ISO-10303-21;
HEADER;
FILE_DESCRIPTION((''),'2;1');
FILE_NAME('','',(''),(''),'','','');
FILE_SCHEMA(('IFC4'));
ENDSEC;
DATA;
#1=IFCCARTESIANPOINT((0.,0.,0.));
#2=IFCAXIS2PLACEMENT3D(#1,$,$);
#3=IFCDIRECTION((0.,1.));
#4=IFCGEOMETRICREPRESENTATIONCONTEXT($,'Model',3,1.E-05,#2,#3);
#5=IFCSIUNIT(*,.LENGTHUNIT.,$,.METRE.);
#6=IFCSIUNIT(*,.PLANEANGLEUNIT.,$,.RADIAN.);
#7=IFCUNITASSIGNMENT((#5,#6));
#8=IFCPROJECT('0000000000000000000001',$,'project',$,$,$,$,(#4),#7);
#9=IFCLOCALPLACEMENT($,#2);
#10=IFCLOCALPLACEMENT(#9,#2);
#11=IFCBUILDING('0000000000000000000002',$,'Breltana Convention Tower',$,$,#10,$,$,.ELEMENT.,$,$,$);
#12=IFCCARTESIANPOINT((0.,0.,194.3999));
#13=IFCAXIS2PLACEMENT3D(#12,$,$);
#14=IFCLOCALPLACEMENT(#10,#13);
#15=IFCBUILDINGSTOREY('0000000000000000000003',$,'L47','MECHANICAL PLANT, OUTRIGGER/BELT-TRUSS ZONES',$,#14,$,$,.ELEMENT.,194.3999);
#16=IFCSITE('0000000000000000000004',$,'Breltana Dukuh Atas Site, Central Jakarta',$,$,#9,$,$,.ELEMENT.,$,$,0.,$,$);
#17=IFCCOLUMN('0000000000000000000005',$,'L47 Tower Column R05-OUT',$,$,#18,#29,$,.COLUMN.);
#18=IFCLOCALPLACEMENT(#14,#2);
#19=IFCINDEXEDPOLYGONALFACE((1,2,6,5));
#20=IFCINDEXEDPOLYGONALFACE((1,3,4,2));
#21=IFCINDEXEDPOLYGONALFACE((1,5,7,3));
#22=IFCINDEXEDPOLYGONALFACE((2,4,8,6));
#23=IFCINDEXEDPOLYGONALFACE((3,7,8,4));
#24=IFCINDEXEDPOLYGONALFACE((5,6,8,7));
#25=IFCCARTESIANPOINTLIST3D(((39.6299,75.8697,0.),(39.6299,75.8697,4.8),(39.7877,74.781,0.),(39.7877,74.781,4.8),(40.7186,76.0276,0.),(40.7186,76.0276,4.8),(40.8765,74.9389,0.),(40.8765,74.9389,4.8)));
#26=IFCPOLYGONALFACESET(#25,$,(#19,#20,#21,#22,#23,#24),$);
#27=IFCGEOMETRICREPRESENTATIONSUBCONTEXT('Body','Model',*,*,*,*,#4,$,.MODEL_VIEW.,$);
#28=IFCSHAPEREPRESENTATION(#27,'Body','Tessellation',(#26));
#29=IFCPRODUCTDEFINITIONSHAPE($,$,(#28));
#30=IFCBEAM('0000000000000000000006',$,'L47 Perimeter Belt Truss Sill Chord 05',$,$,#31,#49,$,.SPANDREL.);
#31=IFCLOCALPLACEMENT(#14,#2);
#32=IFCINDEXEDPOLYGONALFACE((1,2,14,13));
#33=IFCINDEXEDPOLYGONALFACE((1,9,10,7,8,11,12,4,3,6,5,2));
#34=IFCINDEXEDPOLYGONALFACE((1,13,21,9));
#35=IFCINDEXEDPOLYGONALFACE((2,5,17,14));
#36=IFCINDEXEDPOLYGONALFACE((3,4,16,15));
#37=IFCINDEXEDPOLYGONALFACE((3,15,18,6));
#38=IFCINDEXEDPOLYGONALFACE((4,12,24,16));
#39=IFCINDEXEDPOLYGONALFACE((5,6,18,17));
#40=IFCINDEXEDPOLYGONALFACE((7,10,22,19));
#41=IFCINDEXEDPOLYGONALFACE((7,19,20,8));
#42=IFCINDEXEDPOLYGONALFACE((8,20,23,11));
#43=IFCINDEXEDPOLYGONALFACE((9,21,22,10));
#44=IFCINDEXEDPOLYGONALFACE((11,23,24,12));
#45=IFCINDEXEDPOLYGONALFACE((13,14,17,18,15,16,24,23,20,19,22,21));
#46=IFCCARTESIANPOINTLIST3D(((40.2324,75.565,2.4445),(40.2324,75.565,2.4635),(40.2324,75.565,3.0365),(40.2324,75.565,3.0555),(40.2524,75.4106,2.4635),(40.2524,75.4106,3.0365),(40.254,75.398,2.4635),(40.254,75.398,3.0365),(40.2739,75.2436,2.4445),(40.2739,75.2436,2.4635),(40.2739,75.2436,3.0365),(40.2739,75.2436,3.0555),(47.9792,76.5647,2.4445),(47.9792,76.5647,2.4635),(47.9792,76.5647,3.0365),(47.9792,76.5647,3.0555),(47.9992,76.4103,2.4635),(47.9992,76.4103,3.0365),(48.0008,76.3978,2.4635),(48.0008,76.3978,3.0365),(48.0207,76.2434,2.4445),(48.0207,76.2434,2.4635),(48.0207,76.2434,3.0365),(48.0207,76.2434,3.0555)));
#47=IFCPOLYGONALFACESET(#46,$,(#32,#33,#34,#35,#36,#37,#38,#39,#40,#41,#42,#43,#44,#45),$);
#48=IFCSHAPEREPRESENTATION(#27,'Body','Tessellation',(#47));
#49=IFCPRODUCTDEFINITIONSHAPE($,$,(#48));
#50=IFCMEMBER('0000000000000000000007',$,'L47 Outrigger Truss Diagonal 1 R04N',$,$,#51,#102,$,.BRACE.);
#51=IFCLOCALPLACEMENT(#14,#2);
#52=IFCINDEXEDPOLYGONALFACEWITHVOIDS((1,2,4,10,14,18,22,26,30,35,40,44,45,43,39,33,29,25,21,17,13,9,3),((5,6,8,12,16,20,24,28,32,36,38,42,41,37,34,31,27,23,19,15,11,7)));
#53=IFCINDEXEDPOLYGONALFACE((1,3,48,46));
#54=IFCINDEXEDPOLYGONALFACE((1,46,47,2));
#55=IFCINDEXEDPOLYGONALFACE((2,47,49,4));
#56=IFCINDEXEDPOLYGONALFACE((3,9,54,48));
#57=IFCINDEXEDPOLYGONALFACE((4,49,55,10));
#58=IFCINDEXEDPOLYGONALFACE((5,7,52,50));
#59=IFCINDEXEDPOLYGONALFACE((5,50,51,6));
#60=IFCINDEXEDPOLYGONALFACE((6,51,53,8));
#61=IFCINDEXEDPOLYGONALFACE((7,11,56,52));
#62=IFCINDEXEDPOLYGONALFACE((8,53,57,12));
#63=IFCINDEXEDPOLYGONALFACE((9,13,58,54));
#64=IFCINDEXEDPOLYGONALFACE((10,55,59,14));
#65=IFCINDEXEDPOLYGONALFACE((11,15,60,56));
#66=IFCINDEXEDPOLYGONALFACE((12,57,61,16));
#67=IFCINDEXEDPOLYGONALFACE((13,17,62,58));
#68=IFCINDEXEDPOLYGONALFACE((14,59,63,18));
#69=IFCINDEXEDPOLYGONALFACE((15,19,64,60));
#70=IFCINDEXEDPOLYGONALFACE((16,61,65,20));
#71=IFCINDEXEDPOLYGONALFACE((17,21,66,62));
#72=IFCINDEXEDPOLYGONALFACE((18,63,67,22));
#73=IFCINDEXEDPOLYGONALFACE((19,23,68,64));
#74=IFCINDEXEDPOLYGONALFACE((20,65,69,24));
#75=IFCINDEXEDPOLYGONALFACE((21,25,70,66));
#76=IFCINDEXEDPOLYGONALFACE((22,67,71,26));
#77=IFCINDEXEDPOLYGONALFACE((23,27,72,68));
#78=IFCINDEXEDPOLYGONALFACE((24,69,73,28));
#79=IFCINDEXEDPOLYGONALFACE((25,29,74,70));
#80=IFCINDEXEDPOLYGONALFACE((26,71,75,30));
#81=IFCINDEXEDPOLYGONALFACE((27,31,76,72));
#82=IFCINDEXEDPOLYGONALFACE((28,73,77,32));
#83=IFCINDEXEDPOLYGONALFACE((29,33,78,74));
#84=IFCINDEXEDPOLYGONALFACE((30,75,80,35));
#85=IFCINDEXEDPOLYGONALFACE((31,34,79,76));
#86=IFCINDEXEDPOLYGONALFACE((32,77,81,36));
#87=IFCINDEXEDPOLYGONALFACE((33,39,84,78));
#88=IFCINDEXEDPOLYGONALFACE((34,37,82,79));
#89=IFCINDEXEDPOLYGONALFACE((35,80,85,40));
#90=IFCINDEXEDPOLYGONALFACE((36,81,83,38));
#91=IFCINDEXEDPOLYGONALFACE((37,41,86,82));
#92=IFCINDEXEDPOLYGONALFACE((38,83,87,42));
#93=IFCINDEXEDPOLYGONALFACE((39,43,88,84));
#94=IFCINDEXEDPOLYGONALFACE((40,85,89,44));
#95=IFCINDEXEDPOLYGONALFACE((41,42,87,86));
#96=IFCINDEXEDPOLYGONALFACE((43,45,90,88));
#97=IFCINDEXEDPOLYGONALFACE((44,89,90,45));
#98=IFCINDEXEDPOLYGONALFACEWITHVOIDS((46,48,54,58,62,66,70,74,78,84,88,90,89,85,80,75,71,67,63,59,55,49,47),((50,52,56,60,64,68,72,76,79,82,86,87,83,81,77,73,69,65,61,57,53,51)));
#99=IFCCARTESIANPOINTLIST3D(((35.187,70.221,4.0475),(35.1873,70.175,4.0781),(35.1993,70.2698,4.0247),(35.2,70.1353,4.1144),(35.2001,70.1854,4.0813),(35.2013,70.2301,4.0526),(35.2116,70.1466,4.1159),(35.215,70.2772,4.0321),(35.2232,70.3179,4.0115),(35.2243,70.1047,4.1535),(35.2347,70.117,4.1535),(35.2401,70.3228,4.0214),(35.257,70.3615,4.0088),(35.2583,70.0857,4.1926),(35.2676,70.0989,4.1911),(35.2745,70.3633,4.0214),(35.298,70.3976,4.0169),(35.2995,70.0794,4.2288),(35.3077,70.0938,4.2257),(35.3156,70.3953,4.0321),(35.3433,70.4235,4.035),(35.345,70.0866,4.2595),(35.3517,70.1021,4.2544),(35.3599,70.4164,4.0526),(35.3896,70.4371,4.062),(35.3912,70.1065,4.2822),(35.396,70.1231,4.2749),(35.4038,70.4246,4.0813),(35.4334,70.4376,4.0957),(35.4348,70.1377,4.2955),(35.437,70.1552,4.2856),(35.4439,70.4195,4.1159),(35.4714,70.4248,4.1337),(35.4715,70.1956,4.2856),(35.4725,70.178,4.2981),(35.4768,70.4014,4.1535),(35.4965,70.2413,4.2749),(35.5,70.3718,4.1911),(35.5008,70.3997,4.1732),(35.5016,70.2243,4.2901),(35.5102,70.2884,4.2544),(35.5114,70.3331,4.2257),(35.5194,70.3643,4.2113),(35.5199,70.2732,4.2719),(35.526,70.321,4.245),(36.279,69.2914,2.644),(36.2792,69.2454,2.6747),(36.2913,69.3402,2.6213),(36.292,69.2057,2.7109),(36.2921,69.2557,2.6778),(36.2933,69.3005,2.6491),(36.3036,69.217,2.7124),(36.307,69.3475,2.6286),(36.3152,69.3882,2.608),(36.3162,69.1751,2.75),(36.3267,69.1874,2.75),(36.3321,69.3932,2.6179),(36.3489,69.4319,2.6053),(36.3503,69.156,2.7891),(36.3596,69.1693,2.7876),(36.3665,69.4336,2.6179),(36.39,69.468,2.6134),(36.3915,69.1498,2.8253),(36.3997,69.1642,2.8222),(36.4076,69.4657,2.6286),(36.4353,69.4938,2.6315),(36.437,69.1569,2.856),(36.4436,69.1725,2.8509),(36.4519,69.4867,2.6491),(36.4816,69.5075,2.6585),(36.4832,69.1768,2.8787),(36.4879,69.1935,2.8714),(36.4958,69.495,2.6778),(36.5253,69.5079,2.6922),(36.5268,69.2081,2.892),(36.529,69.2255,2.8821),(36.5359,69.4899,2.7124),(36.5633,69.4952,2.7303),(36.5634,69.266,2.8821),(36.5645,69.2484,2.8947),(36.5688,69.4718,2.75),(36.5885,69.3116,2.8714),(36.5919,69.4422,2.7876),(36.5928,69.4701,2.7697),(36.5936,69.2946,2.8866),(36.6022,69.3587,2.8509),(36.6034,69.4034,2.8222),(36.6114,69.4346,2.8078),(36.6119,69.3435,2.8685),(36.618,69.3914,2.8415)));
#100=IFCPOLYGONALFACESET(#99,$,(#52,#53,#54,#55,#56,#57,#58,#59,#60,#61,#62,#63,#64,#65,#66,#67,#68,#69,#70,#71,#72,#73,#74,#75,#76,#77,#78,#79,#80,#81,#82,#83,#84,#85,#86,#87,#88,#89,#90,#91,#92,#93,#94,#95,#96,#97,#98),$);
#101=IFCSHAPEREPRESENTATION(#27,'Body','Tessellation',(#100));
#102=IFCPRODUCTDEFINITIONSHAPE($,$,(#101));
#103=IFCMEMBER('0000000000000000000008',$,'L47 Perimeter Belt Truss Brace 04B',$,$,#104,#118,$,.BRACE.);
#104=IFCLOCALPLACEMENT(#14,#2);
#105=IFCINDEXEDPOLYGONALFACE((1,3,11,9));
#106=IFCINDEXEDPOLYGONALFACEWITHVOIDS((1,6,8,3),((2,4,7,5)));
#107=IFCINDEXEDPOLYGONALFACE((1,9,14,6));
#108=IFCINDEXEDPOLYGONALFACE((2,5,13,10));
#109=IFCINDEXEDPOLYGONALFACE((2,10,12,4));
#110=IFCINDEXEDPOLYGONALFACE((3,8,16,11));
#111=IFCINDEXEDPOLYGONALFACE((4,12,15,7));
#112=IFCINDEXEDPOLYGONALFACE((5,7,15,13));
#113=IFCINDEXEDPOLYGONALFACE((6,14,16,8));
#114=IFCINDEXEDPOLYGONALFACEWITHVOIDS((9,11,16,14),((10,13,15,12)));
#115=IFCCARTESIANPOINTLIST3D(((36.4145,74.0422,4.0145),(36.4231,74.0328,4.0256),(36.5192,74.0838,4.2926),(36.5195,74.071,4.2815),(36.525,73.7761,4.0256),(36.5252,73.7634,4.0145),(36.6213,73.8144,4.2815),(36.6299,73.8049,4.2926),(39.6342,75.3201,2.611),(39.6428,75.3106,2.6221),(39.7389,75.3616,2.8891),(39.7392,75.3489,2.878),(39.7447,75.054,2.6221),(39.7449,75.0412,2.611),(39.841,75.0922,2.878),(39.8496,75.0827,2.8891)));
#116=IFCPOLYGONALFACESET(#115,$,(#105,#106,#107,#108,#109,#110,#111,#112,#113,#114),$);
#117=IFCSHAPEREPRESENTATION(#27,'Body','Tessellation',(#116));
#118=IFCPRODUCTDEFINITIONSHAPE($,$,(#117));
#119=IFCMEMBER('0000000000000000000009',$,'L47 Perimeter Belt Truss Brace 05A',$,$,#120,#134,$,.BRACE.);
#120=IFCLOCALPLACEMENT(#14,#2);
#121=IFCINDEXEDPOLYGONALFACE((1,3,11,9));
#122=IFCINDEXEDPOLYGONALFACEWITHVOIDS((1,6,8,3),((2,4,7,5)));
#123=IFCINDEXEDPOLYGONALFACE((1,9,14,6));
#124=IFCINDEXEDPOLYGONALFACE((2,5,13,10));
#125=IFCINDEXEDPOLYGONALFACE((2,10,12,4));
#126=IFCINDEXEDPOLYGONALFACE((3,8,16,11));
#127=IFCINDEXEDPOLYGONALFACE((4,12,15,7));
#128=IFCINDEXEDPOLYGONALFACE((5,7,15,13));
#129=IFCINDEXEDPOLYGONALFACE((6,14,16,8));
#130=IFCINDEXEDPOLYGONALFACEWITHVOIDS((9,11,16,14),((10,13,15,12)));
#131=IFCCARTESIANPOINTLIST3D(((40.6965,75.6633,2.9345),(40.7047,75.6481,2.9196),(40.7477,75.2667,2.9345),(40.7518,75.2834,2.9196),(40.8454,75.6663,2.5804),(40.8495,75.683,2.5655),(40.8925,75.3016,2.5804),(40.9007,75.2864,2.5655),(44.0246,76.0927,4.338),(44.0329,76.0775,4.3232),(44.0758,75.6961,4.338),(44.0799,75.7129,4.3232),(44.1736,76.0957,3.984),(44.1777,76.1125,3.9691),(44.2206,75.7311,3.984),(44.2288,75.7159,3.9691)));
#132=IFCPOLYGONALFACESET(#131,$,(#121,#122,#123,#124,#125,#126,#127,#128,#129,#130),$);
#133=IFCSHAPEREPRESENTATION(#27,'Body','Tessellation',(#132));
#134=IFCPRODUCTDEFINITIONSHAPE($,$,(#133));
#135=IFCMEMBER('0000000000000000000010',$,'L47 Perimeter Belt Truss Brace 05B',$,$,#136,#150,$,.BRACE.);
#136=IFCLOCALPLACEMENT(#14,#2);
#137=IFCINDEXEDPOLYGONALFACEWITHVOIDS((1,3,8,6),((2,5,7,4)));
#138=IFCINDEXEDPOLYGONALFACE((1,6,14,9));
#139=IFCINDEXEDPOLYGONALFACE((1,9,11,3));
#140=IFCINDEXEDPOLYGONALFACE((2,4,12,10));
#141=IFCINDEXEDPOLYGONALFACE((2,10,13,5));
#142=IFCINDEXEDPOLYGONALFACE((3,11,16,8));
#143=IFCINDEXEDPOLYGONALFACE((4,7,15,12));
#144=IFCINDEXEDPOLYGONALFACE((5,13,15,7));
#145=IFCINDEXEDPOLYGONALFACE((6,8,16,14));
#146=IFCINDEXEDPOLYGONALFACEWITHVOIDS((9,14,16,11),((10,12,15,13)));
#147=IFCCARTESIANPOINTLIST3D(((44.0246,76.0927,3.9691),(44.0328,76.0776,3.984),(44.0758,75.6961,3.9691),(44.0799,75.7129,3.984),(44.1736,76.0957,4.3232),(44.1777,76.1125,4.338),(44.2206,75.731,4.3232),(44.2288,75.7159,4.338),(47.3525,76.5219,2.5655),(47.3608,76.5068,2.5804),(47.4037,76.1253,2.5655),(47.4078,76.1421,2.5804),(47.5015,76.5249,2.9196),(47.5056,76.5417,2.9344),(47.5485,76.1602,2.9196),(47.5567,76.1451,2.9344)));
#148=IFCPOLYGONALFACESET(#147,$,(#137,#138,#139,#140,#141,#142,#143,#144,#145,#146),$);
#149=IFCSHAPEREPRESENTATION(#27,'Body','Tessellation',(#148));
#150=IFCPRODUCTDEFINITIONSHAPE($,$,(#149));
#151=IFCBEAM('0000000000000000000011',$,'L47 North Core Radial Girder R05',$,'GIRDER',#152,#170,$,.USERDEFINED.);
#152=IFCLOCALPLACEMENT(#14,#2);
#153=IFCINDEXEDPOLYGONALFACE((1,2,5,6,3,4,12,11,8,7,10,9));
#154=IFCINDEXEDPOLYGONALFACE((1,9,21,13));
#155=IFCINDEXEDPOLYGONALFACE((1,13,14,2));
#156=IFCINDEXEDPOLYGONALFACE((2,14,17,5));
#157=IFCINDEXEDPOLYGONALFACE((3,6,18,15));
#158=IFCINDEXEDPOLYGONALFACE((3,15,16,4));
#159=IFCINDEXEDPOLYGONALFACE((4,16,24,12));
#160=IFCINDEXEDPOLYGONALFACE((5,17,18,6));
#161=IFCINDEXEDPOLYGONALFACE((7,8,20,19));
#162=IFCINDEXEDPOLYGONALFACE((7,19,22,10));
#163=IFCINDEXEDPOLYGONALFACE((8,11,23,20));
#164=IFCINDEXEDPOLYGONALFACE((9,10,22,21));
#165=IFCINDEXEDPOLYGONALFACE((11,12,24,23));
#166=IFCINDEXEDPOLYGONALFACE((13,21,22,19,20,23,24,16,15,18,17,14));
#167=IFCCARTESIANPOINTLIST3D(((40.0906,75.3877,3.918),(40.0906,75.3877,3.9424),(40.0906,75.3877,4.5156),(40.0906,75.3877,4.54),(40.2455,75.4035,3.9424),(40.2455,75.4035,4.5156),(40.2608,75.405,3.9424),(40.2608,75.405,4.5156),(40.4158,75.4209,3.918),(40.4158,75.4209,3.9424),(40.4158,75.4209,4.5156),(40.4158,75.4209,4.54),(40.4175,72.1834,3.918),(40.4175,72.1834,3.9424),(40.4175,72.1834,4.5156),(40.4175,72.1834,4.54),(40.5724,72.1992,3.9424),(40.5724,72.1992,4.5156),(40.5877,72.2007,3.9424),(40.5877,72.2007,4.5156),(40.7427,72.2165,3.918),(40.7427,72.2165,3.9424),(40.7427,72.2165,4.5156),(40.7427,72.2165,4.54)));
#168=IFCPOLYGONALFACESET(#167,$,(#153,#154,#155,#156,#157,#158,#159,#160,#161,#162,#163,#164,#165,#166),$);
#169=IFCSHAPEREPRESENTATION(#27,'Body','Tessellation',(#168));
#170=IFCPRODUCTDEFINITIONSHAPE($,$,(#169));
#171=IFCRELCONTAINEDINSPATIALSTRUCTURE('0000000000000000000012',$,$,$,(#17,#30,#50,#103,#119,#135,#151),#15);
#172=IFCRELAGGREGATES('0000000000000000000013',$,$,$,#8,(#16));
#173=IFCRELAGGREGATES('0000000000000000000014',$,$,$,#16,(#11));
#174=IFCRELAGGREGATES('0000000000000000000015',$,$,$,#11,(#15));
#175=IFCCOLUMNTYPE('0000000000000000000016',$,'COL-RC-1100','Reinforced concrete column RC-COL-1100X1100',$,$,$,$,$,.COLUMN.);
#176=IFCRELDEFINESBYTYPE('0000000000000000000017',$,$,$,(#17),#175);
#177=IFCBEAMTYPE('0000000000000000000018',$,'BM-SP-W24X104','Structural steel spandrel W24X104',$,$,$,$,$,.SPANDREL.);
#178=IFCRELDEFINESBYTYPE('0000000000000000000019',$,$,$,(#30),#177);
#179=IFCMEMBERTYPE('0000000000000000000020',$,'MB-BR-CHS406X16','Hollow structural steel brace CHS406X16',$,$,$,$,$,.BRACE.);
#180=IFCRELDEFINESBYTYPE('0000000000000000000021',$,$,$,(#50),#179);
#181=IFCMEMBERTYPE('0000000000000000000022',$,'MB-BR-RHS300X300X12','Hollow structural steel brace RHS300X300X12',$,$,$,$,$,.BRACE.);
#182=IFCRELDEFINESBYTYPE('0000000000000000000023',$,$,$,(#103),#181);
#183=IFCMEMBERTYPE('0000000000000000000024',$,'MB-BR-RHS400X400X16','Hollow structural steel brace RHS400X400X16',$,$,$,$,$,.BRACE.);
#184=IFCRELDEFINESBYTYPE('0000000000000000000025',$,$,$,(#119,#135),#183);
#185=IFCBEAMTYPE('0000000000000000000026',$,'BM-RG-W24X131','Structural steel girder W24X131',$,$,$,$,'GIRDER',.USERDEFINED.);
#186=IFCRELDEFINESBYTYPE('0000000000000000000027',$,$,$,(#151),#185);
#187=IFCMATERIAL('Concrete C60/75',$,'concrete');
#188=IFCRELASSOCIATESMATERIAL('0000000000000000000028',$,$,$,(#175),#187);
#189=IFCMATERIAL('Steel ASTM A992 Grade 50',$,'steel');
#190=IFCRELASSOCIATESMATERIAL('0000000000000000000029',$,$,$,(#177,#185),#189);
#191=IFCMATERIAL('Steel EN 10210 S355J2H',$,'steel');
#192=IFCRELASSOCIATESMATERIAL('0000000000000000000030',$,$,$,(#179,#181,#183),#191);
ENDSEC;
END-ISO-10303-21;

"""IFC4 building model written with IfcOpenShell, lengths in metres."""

from ifc_helpers import new_model, si_unit, direction, frame, origin, origin_2d, place, context, subcontext, project, spatial, rectangle, hollow_rectangle, hollow_circle, i_section, extrude, source, transform, mapped, material, material_profile, profile_set, type_object, element, save


model = new_model("IFC4")

# Units and contexts
model_context = context("Model", 3, precision=1e-05, world=origin(), true_north=direction((0.0, 1.0)))
body_context = subcontext(model_context, "Body", "Model", "MODEL_VIEW")
ifc_project = project(units=[si_unit("LENGTHUNIT", "METRE"), si_unit("PLANEANGLEUNIT", "RADIAN")], contexts=[model_context])

# Site, building, storey
site_placement = place(None, origin())
site = spatial("IfcSite", under=ifc_project, at=site_placement, Name="Breltana Dukuh Atas Site, Central Jakarta", CompositionType="ELEMENT", RefElevation=0.0)
building_placement = place(site_placement, origin())
building = spatial("IfcBuilding", under=site, at=building_placement, Name="Breltana Convention Tower", CompositionType="ELEMENT")
storey_placement = place(building_placement, frame((0.0, 0.0, 194.3999)))
storey = spatial("IfcBuildingStorey", under=building, at=storey_placement, Name="L47", Description="MECHANICAL PLANT, OUTRIGGER/BELT-TRUSS ZONES", CompositionType="ELEMENT", Elevation=194.3999)

# Column
ifc_material_1 = material(Name="Concrete C60/75", Category="concrete")
ifc_material_profile_1 = material_profile(ifc_material_1, rectangle(XDim=1.1001, YDim=1.1001, at=origin_2d()), Name="RC-COL-1100X1100")
ifc_profile_set_1 = profile_set([ifc_material_profile_1], Name="Concrete C60/75")
column_type = type_object("IfcColumnType", Name="COL-RC-1100", Description="Reinforced concrete column RC-COL-1100X1100", PredefinedType="COLUMN", material=ifc_profile_set_1)
shared_shape_1 = source(origin(), body_context, "Body", "SweptSolid", [
    extrude(rectangle(XDim=1.1001, YDim=1.1001, at=origin_2d()), origin(), (0.0, 0.0, 1.0), 4.8),
])
column_placement = place(storey_placement, frame((40.2532, 75.4043, 0.0), z_axis=(0.0, 0.0, 1.0), x_axis=(-0.143493, 0.989651, 0.0)))
element("IfcColumn", 1, at=column_placement, inside=storey, type_object=column_type, Name="L47 Tower Column R05-OUT", PredefinedType="COLUMN", context=body_context, shape_type="MappedRepresentation", body=[
    mapped(shared_shape_1, transform((0.0, 0.0, 0.0), scale=1.0)),
])

# Beam
ifc_material_2 = material(Name="Steel ASTM A992 Grade 50", Category="steel")
ifc_material_profile_2 = material_profile(ifc_material_2, i_section(OverallWidth=0.324, OverallDepth=0.6111, WebThickness=0.0127, FlangeThickness=0.019, at=origin_2d()), Name="W24X104")
ifc_profile_set_2 = profile_set([ifc_material_profile_2], Name="Steel ASTM A992 Grade 50")
beam_type_1 = type_object("IfcBeamType", Name="BM-SP-W24X104", Description="Structural steel spandrel W24X104", PredefinedType="SPANDREL", material=ifc_profile_set_2)
shared_shape_2 = source(origin(), body_context, "Body", "SweptSolid", [
    extrude(i_section(OverallWidth=0.324, OverallDepth=0.6111, WebThickness=0.0127, FlangeThickness=0.019, at=origin_2d()), origin(), (0.0, 0.0, 1.0), 7.811),
])
beam_1_placement = place(storey_placement, frame((40.2532, 75.4043, 2.75), z_axis=(0.991775, 0.127992, 0.0), x_axis=(-0.127992, 0.991775, 0.0)))
element("IfcBeam", 2, at=beam_1_placement, inside=storey, type_object=beam_type_1, Name="L47 Perimeter Belt Truss Sill Chord 05", PredefinedType="SPANDREL", context=body_context, shape_type="MappedRepresentation", body=[
    mapped(shared_shape_2, transform((0.0, 0.0, 0.0), scale=1.0)),
])

# Members
ifc_material_3 = material(Name="Steel EN 10210 S355J2H", Category="steel")
ifc_material_profile_3 = material_profile(ifc_material_3, hollow_circle(Radius=0.2029, WallThickness=0.0161, at=origin_2d()), Name="CHS406X16")
ifc_profile_set_3 = profile_set([ifc_material_profile_3], Name="Steel EN 10210 S355J2H")
member_type_1 = type_object("IfcMemberType", Name="MB-BR-CHS406X16", Description="Hollow structural steel brace CHS406X16", PredefinedType="BRACE", material=ifc_profile_set_3)
shared_shape_3 = source(origin(), body_context, "Body", "SweptSolid", [
    extrude(hollow_circle(Radius=0.2029, WallThickness=0.0161, at=origin_2d()), origin(), (0.0, 0.0, 1.0), 2.0066),
])
member_1_placement = place(storey_placement, frame((36.4478, 69.3296, 2.75), z_axis=(-0.544196, 0.463291, 0.699437), x_axis=(-0.648236, -0.761439, 0.0)))
element("IfcMember", 3, at=member_1_placement, inside=storey, type_object=member_type_1, Name="L47 Outrigger Truss Diagonal 1 R04N", PredefinedType="BRACE", context=body_context, shape_type="MappedRepresentation", body=[
    mapped(shared_shape_3, transform((0.0, 0.0, 0.0), scale=1.0)),
])
ifc_material_profile_4 = material_profile(ifc_material_3, hollow_rectangle(XDim=0.3, YDim=0.3, WallThickness=0.012, at=origin_2d()), Name="RHS300X300X12")
ifc_profile_set_4 = profile_set([ifc_material_profile_4], Name="Steel EN 10210 S355J2H")
member_type_2 = type_object("IfcMemberType", Name="MB-BR-RHS300X300X12", Description="Hollow structural steel brace RHS300X300X12", PredefinedType="BRACE", material=ifc_profile_set_4)
shared_shape_4 = source(origin(), body_context, "Body", "SweptSolid", [
    extrude(hollow_rectangle(XDim=0.3, YDim=0.3, WallThickness=0.012, at=origin_2d()), origin(), (0.0, 0.0, 1.0), 3.7375),
])
member_2_placement = place(storey_placement, frame((36.5222, 73.9236, 4.1536), z_axis=(0.861447, 0.341888, -0.375528), x_axis=(-0.368886, 0.929475, 0.0)))
element("IfcMember", 4, at=member_2_placement, inside=storey, type_object=member_type_2, Name="L47 Perimeter Belt Truss Brace 04B", PredefinedType="BRACE", context=body_context, shape_type="MappedRepresentation", body=[
    mapped(shared_shape_4, transform((0.0, 0.0, 0.0), scale=1.0)),
])
ifc_material_profile_5 = material_profile(ifc_material_3, hollow_rectangle(XDim=0.3999, YDim=0.3999, WallThickness=0.0161, at=origin_2d()), Name="RHS400X400X16")
ifc_profile_set_5 = profile_set([ifc_material_profile_5], Name="Steel EN 10210 S355J2H")
member_type_3 = type_object("IfcMemberType", Name="MB-BR-RHS400X400X16", Description="Hollow structural steel brace RHS400X400X16", PredefinedType="BRACE", material=ifc_profile_set_5)
shared_shape_5 = source(origin(), body_context, "Body", "SweptSolid", [
    extrude(hollow_rectangle(XDim=0.3999, YDim=0.3999, WallThickness=0.0161, at=origin_2d()), origin(), (0.0, 0.0, 1.0), 3.6375),
])
member_3_placement = place(storey_placement, frame((40.7986, 75.4749, 2.75), z_axis=(0.914968, 0.118063, 0.385868), x_axis=(-0.127974, 0.991778, 0.0)))
element("IfcMember", 5, at=member_3_placement, inside=storey, type_object=member_type_3, Name="L47 Perimeter Belt Truss Brace 05A", PredefinedType="BRACE", context=body_context, shape_type="MappedRepresentation", body=[
    mapped(shared_shape_5, transform((0.0, 0.0, 0.0), scale=1.0)),
])
shared_shape_6 = source(origin(), body_context, "Body", "SweptSolid", [
    extrude(hollow_rectangle(XDim=0.3999, YDim=0.3999, WallThickness=0.0161, at=origin_2d()), origin(), (0.0, 0.0, 1.0), 3.6372),
])
member_4_placement = place(storey_placement, frame((44.1267, 75.9043, 4.1536), z_axis=(0.914965, 0.118004, -0.385895), x_axis=(-0.127911, 0.991786, 0.0)))
element("IfcMember", 6, at=member_4_placement, inside=storey, type_object=member_type_3, Name="L47 Perimeter Belt Truss Brace 05B", PredefinedType="BRACE", context=body_context, shape_type="MappedRepresentation", body=[
    mapped(shared_shape_6, transform((0.0, 0.0, 0.0), scale=1.0)),
])

# Beam
ifc_material_profile_6 = material_profile(ifc_material_2, i_section(OverallWidth=0.3269, OverallDepth=0.6221, WebThickness=0.0154, FlangeThickness=0.0244, at=origin_2d()), Name="W24X131")
ifc_profile_set_6 = profile_set([ifc_material_profile_6], Name="Steel ASTM A992 Grade 50")
beam_type_2 = type_object("IfcBeamType", Name="BM-RG-W24X131", Description="Structural steel girder W24X131", ElementType="GIRDER", PredefinedType="USERDEFINED", material=ifc_profile_set_6)
shared_shape_7 = source(origin(), body_context, "Body", "SweptSolid", [
    extrude(i_section(OverallWidth=0.3269, OverallDepth=0.6221, WebThickness=0.0154, FlangeThickness=0.0244, at=origin_2d()), origin(), (0.0, 0.0, 1.0), 3.2209),
])
beam_2_placement = place(storey_placement, frame((40.5801, 72.2, 4.229), z_axis=(-0.101492, 0.994836, 0.0), x_axis=(-0.994836, -0.101492, 0.0)))
element("IfcBeam", 7, at=beam_2_placement, inside=storey, type_object=beam_type_2, Name="L47 North Core Radial Girder R05", ObjectType="GIRDER", PredefinedType="USERDEFINED", context=body_context, shape_type="MappedRepresentation", body=[
    mapped(shared_shape_7, transform((0.0, 0.0, 0.0), scale=1.0)),
])

save(model, "model.ifc")
